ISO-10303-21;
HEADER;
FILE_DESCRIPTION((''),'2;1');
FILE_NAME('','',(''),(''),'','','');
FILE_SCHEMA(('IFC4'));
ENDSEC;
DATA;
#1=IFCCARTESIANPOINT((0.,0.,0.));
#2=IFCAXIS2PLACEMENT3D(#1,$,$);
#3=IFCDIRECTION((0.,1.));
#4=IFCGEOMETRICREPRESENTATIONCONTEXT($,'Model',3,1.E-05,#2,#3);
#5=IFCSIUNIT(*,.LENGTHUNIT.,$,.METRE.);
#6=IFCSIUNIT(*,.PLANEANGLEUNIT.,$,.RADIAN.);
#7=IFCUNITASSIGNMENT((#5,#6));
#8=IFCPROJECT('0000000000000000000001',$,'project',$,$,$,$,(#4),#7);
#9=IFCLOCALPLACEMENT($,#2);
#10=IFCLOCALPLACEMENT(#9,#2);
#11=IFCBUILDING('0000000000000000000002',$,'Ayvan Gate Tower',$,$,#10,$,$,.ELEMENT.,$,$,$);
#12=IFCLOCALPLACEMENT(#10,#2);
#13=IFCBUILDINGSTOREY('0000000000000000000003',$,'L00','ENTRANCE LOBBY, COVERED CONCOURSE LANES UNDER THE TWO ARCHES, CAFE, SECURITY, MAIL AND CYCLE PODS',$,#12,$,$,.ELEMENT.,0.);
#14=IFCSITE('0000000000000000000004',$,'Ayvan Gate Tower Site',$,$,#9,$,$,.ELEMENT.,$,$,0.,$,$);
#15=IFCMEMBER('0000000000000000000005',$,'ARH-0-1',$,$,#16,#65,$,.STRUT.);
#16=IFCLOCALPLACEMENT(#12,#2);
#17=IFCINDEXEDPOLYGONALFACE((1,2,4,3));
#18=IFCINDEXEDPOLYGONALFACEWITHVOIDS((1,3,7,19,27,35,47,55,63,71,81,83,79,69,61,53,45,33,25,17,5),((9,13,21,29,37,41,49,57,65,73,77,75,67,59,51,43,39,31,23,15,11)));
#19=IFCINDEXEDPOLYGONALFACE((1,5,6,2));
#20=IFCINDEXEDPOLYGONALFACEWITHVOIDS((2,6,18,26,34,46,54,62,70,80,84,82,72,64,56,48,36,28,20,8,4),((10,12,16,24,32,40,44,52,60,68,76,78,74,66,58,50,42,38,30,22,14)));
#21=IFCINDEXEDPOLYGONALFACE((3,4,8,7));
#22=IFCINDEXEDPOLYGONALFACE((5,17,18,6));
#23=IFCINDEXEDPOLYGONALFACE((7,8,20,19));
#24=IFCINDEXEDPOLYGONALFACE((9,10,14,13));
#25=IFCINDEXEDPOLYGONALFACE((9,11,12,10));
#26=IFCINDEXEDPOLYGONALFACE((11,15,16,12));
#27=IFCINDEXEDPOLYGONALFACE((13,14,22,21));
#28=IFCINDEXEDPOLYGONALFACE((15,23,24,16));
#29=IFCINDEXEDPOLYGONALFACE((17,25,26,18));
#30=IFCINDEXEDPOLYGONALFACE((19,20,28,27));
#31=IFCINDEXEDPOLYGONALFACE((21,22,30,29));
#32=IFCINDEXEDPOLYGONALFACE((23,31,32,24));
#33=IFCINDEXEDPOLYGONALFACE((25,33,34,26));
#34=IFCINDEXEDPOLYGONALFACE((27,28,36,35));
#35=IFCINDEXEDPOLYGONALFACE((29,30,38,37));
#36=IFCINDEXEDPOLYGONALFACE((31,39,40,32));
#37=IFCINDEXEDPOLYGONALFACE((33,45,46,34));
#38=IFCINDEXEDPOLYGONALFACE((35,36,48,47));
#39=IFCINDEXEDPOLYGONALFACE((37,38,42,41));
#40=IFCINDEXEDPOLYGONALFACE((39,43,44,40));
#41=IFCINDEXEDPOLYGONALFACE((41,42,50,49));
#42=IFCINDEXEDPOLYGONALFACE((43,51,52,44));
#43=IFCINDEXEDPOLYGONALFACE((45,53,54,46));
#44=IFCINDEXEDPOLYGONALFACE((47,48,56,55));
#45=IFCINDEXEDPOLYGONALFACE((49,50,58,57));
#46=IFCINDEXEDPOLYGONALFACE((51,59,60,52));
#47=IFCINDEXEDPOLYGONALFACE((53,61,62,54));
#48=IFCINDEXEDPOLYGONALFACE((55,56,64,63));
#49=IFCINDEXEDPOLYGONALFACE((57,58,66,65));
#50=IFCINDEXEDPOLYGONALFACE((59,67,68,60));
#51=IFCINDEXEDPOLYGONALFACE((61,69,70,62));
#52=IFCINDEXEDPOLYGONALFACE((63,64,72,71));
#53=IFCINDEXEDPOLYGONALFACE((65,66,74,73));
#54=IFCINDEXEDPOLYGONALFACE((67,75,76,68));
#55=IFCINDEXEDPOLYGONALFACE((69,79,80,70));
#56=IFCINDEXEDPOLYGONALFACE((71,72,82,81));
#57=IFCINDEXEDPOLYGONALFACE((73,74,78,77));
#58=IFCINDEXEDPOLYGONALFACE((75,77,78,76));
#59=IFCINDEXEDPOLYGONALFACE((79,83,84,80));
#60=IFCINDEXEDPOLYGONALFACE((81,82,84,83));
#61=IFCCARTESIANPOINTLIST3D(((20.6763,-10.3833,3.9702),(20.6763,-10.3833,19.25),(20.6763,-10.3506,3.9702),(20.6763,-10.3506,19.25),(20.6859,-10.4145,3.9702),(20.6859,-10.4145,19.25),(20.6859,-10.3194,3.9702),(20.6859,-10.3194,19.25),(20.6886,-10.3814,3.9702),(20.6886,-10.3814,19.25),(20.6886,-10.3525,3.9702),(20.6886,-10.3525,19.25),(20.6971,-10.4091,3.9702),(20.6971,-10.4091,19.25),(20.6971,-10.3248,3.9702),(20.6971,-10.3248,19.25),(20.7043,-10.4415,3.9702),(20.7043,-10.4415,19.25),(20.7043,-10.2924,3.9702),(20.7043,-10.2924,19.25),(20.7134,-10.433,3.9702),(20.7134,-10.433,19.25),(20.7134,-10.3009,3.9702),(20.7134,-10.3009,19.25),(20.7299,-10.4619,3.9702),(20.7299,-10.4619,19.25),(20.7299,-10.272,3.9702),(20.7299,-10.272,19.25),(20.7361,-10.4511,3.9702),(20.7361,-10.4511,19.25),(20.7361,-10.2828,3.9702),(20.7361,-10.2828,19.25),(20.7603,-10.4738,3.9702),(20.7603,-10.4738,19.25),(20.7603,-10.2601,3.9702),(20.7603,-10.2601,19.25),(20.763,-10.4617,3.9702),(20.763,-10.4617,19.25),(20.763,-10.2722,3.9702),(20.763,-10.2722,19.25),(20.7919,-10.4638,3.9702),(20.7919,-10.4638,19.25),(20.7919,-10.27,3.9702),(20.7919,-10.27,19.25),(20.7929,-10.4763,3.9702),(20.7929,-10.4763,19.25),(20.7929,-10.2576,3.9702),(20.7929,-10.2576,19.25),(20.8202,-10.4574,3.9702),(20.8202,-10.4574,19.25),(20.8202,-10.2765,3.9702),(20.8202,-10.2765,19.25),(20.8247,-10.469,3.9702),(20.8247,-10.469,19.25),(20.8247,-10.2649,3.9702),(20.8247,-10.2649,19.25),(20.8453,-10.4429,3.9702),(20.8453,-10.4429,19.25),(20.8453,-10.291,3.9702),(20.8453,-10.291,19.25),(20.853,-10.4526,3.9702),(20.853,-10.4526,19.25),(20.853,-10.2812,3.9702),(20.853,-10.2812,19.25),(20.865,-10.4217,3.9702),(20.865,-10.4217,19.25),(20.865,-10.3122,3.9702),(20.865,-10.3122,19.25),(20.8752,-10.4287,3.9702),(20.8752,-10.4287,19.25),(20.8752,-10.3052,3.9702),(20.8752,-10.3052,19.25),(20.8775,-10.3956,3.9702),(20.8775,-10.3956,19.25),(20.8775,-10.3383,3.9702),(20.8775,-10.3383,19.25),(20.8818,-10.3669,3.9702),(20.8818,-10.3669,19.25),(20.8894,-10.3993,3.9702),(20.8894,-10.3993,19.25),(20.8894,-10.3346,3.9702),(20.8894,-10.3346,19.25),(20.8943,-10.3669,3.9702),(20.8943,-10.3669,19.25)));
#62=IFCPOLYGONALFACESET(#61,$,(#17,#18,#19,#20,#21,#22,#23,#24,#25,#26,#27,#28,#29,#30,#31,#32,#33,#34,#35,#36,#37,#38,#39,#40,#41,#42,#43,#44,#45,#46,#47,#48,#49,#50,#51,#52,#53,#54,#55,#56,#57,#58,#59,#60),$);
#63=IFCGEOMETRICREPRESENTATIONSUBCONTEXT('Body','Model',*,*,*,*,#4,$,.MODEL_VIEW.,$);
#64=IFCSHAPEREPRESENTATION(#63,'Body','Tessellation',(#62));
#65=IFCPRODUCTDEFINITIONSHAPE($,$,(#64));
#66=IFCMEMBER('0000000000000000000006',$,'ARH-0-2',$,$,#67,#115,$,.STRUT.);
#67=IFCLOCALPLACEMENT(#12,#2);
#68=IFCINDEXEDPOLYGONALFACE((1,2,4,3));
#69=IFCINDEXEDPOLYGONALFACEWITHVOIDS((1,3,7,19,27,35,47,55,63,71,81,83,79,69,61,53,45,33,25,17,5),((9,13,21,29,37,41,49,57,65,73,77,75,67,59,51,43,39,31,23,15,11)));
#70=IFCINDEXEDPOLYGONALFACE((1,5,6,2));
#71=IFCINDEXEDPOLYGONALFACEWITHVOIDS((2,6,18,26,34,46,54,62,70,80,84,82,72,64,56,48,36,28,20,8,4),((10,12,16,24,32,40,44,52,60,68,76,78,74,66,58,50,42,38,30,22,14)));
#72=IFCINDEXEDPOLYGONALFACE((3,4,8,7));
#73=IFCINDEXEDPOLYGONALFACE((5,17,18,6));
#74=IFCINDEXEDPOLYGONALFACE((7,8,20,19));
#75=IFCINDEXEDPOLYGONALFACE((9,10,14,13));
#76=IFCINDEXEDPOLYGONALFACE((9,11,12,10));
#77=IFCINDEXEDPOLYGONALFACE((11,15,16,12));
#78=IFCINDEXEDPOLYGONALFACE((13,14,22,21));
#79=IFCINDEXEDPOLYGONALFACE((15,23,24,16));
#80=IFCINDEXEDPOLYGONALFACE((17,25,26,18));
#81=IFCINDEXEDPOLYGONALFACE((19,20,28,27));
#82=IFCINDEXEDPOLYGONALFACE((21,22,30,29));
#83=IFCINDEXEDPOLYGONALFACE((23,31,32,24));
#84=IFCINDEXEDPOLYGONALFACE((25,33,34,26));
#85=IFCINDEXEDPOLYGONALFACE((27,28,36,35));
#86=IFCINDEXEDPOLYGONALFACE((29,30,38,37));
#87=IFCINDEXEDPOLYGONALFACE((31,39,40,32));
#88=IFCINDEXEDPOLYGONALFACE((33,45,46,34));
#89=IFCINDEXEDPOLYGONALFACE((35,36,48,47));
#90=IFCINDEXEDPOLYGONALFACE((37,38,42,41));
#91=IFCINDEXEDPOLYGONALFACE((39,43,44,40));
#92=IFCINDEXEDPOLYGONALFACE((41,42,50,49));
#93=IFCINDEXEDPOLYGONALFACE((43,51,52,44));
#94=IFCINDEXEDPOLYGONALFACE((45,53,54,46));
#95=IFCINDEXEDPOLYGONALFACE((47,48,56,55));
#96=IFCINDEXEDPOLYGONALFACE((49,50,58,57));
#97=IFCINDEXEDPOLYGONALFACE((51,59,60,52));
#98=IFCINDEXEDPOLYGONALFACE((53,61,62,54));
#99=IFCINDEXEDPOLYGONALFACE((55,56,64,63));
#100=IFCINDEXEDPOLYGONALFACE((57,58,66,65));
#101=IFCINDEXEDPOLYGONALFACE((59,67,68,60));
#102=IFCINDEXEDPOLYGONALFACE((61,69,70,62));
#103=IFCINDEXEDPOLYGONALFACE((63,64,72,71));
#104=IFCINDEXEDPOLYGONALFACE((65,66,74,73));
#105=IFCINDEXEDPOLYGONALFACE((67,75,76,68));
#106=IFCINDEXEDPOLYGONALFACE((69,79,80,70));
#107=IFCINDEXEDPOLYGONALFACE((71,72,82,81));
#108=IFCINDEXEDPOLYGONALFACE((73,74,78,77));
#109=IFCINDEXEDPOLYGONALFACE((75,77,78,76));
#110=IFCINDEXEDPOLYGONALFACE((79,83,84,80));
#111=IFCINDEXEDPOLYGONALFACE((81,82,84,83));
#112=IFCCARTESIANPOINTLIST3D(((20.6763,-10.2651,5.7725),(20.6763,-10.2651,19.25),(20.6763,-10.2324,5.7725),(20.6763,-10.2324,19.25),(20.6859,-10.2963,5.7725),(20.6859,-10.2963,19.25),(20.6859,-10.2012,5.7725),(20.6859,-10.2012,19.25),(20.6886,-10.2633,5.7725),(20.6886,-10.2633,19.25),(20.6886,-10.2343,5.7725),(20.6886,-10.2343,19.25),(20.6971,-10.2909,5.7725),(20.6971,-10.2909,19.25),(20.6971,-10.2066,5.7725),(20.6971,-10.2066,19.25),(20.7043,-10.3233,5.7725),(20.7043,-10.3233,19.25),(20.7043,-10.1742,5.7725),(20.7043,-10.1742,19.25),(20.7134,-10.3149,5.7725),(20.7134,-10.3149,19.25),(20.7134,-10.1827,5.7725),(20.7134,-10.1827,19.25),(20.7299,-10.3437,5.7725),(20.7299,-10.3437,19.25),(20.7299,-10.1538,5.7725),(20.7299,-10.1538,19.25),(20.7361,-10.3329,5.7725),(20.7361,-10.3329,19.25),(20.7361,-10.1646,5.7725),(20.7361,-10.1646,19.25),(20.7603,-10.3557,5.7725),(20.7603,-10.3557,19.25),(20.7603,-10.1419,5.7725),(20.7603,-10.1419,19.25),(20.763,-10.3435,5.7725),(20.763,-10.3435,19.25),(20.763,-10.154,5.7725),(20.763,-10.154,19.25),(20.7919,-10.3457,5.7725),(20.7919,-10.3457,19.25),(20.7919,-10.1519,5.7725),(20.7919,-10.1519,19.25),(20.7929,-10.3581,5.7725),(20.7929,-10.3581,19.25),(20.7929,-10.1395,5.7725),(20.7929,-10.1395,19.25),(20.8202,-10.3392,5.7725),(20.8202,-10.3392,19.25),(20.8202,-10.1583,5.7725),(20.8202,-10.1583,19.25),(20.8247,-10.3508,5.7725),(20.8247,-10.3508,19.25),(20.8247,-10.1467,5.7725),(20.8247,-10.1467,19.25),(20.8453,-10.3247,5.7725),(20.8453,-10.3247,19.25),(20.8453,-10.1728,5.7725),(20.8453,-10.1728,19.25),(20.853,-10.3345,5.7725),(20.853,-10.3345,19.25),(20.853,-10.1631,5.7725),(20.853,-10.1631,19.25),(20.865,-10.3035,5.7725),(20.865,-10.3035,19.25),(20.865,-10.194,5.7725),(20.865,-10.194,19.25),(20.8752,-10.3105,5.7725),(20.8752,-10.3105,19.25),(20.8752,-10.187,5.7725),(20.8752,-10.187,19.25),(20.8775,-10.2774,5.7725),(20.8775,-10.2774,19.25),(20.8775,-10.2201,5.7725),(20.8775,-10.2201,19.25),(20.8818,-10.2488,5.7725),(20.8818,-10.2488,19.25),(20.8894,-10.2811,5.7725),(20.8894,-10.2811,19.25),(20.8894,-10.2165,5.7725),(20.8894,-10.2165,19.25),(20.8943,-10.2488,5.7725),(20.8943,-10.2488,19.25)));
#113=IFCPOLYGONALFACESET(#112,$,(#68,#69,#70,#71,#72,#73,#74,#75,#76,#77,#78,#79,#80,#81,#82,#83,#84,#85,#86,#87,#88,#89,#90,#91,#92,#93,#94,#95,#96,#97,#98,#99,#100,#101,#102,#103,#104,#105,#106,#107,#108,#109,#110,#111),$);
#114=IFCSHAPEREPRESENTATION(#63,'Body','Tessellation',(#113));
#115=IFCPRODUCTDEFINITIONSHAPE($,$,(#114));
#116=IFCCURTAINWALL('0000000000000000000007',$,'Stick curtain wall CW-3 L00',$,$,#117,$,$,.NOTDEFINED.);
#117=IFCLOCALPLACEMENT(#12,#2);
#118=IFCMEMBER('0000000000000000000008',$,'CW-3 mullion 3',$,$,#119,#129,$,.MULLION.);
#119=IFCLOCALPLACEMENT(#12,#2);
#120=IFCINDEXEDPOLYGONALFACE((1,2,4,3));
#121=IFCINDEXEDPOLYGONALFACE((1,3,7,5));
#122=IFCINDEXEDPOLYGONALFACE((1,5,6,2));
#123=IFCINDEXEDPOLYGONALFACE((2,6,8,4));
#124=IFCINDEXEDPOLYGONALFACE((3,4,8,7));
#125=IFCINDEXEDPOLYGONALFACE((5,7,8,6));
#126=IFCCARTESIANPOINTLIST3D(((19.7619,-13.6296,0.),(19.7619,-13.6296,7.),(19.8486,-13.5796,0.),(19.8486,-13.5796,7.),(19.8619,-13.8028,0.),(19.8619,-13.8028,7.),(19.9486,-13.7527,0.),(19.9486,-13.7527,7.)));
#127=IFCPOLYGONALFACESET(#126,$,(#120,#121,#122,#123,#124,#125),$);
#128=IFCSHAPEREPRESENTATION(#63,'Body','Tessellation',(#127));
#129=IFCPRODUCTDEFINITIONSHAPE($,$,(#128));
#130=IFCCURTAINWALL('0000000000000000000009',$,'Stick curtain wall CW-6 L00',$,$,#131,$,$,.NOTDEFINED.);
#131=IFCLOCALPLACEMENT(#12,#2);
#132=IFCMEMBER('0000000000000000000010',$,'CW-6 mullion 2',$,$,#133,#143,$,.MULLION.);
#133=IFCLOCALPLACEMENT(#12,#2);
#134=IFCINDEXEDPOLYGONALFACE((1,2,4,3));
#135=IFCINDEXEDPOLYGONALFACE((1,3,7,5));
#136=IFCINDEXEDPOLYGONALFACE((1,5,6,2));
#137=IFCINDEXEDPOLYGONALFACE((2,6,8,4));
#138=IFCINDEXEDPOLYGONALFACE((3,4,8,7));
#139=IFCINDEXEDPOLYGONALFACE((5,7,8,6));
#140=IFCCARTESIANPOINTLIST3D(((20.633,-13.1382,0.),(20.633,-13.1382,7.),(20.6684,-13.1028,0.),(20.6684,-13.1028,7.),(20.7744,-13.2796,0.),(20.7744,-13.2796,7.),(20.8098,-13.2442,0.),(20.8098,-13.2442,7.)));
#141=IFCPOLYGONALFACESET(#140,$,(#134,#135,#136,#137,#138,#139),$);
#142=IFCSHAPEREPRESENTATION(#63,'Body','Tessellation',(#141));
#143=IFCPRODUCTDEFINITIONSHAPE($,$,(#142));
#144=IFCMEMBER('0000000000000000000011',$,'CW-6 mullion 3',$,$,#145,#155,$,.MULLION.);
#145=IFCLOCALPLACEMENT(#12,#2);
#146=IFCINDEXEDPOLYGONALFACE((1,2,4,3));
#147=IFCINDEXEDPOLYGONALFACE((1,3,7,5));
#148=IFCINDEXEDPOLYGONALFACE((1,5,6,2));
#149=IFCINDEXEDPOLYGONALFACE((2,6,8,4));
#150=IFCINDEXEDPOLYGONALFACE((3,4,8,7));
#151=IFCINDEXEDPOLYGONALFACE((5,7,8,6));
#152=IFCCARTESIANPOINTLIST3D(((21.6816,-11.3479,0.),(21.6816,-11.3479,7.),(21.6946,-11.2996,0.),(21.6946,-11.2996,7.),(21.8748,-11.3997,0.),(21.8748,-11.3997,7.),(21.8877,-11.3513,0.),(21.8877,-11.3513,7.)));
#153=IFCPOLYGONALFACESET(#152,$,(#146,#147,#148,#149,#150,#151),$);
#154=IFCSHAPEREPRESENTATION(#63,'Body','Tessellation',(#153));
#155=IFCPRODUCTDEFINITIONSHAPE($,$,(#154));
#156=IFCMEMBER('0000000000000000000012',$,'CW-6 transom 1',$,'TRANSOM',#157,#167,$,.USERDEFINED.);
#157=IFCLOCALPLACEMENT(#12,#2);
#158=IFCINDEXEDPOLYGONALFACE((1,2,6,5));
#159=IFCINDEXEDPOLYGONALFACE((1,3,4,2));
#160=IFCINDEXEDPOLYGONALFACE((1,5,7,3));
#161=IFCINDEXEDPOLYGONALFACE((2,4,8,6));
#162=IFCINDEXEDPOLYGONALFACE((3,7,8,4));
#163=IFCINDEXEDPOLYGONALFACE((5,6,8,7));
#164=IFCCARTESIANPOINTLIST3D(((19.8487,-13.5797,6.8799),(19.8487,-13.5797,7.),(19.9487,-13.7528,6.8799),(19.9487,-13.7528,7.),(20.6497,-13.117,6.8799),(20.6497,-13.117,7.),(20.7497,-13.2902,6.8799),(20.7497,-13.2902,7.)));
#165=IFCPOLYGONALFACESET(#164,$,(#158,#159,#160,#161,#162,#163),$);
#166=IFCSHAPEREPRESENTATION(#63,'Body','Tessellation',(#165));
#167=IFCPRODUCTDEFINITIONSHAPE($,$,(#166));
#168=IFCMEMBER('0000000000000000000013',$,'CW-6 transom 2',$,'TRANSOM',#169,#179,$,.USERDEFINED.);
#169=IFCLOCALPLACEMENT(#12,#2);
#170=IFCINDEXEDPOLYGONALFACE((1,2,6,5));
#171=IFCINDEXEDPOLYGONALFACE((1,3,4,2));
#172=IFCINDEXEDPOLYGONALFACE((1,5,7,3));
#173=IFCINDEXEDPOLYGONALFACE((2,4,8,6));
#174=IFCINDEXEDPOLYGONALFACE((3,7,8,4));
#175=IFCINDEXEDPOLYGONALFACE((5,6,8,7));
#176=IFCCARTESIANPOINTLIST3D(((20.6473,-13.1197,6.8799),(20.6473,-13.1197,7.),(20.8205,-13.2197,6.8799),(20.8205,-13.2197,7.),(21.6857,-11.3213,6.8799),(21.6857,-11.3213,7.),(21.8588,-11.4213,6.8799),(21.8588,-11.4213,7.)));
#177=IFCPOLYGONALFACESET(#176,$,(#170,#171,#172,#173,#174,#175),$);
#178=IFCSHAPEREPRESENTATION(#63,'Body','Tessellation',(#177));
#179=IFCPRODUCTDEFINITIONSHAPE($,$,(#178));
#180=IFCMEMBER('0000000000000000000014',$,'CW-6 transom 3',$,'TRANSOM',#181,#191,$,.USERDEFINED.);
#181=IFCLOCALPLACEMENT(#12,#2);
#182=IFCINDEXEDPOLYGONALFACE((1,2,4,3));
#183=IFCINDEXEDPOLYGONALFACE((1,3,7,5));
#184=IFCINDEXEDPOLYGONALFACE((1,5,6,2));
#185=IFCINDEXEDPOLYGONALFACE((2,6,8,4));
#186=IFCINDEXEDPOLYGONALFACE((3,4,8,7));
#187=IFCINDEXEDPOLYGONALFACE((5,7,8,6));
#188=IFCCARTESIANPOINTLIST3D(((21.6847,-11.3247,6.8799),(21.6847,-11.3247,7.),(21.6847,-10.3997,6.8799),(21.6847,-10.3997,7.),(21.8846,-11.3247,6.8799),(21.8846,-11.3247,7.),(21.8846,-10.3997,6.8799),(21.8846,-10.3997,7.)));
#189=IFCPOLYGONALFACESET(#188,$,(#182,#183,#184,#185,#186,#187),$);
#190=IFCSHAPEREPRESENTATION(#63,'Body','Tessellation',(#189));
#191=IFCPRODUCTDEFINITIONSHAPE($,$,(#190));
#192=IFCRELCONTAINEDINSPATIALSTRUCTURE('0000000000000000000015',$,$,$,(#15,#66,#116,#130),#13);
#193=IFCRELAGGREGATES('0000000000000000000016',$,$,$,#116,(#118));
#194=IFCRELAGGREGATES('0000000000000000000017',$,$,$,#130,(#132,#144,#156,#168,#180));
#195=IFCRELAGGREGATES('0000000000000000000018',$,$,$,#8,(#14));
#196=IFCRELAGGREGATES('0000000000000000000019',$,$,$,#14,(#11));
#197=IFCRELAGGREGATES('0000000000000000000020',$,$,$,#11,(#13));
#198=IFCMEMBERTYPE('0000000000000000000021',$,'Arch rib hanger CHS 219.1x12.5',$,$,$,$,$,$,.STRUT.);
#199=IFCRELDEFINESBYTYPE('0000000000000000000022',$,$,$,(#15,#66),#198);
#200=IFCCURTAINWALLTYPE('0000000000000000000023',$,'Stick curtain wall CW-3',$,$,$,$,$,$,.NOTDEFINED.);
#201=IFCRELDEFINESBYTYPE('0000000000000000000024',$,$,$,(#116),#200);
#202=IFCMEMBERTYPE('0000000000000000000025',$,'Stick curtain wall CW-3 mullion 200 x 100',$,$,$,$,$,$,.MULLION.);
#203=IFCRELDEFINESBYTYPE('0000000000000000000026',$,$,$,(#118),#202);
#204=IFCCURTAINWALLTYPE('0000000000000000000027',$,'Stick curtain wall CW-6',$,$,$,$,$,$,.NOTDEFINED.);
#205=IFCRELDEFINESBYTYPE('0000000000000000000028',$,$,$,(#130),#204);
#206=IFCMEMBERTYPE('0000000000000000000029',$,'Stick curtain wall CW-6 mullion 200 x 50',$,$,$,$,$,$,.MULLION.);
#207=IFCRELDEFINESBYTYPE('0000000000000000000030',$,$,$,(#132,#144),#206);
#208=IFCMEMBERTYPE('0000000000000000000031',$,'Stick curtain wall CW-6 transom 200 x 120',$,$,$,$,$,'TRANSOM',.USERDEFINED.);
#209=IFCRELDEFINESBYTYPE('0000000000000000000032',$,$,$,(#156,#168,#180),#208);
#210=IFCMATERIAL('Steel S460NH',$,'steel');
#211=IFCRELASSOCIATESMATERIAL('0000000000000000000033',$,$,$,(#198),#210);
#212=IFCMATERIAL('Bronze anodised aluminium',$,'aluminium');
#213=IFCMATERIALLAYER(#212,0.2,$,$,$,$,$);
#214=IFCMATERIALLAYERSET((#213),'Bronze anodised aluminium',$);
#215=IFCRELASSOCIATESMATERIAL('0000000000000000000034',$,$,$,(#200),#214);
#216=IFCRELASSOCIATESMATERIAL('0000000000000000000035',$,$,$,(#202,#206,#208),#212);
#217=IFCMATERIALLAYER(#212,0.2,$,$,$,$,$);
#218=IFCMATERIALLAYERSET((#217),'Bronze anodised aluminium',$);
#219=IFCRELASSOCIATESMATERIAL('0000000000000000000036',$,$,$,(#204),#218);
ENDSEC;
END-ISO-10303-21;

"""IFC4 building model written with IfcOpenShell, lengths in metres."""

from ifc_helpers import new_model, si_unit, direction, frame, origin, origin_2d, place, context, subcontext, project, spatial, rectangle, hollow_circle, extrude, material, layer, layer_set, material_profile, profile_set, type_object, element, aggregate, save


model = new_model("IFC4")

# Units and contexts
model_context = context("Model", 3, precision=1e-05, world=origin(), true_north=direction((0.0, 1.0)))
body_context = subcontext(model_context, "Body", "Model", "MODEL_VIEW")
ifc_project = project(units=[si_unit("LENGTHUNIT", "METRE"), si_unit("PLANEANGLEUNIT", "RADIAN")], contexts=[model_context])

# Site, building, storey
site_placement = place(None, origin())
site = spatial("IfcSite", under=ifc_project, at=site_placement, Name="Ayvan Gate Tower Site", CompositionType="ELEMENT", RefElevation=0.0)
building_placement = place(site_placement, origin())
building = spatial("IfcBuilding", under=site, at=building_placement, Name="Ayvan Gate Tower", CompositionType="ELEMENT")
storey_placement = place(building_placement, origin())
storey = spatial("IfcBuildingStorey", under=building, at=storey_placement, Name="L00", Description="ENTRANCE LOBBY, COVERED CONCOURSE LANES UNDER THE TWO ARCHES, CAFE, SECURITY, MAIL AND CYCLE PODS", CompositionType="ELEMENT", Elevation=0.0)

# Members
ifc_material_1 = material(Name="Steel S460NH", Category="steel")
ifc_material_profile_1 = material_profile(ifc_material_1, hollow_circle(Radius=0.1096, WallThickness=0.0125, at=origin_2d()), Name="CHS 219.1x12.5")
ifc_profile_set_1 = profile_set([ifc_material_profile_1], Name="Steel S460NH")
member_type_1 = type_object("IfcMemberType", Name="Arch rib hanger CHS 219.1x12.5", PredefinedType="STRUT", material=ifc_profile_set_1)
member_1_placement = place(storey_placement, frame((20.7847, -10.3669, 3.9702), z_axis=(0.0, 0.0, 1.0), x_axis=(1.0, 0.0, 0.0)))
element("IfcMember", 1, at=member_1_placement, inside=storey, type_object=member_type_1, Name="ARH-0-1", PredefinedType="STRUT", context=body_context, shape_type="SweptSolid", body=[
    extrude(hollow_circle(Radius=0.1096, WallThickness=0.0125, at=origin_2d()), origin(), (0.0, 0.0, 1.0), 15.2798),
])
member_2_placement = place(storey_placement, frame((20.7847, -10.2488, 5.7725), z_axis=(0.0, 0.0, 1.0), x_axis=(1.0, 0.0, 0.0)))
element("IfcMember", 2, at=member_2_placement, inside=storey, type_object=member_type_1, Name="ARH-0-2", PredefinedType="STRUT", context=body_context, shape_type="SweptSolid", body=[
    extrude(hollow_circle(Radius=0.1096, WallThickness=0.0125, at=origin_2d()), origin(), (0.0, 0.0, 1.0), 13.4775),
])

# Curtain wall, member
ifc_material_2 = material(Name="Bronze anodised aluminium", Category="aluminium")
ifc_layer_1 = layer(ifc_material_2, 0.2)
ifc_layer_set_1 = layer_set([ifc_layer_1], Name="Bronze anodised aluminium")
curtain_wall_type_1 = type_object("IfcCurtainWallType", Name="Stick curtain wall CW-3", PredefinedType="NOTDEFINED", material=ifc_layer_set_1)
curtain_wall_1_placement = place(storey_placement, origin())
curtain_wall_1 = element("IfcCurtainWall", 3, at=curtain_wall_1_placement, inside=storey, type_object=curtain_wall_type_1, Name="Stick curtain wall CW-3 L00", PredefinedType="NOTDEFINED")
ifc_material_profile_2 = material_profile(ifc_material_2, rectangle(XDim=0.2, YDim=0.1001, at=origin_2d()), Name="Stick curtain wall CW-3 mullion 200 x 100")
ifc_profile_set_2 = profile_set([ifc_material_profile_2], Name="Bronze anodised aluminium")
member_type_2 = type_object("IfcMemberType", Name="Stick curtain wall CW-3 mullion 200 x 100", PredefinedType="MULLION", material=ifc_profile_set_2)
member_3_placement = place(storey_placement, frame((19.8552, -13.6912, 0.0), z_axis=(0.0, 0.0, 1.0), x_axis=(0.5, -0.866025, 0.0)))
member_3 = element("IfcMember", 4, at=member_3_placement, type_object=member_type_2, Name="CW-3 mullion 3", PredefinedType="MULLION", context=body_context, shape_type="SweptSolid", body=[
    extrude(rectangle(XDim=0.2, YDim=0.1001, at=origin_2d()), origin(), (0.0, 0.0, 1.0), 7.0),
])

# Curtain wall, members
ifc_layer_2 = layer(ifc_material_2, 0.2)
ifc_layer_set_2 = layer_set([ifc_layer_2], Name="Bronze anodised aluminium")
curtain_wall_type_2 = type_object("IfcCurtainWallType", Name="Stick curtain wall CW-6", PredefinedType="NOTDEFINED", material=ifc_layer_set_2)
curtain_wall_2_placement = place(storey_placement, origin())
curtain_wall_2 = element("IfcCurtainWall", 5, at=curtain_wall_2_placement, inside=storey, type_object=curtain_wall_type_2, Name="Stick curtain wall CW-6 L00", PredefinedType="NOTDEFINED")
ifc_material_profile_3 = material_profile(ifc_material_2, rectangle(XDim=0.2, YDim=0.05, at=origin_2d()), Name="Stick curtain wall CW-6 mullion 200 x 50")
ifc_profile_set_3 = profile_set([ifc_material_profile_3], Name="Bronze anodised aluminium")
member_type_3 = type_object("IfcMemberType", Name="Stick curtain wall CW-6 mullion 200 x 50", PredefinedType="MULLION", material=ifc_profile_set_3)
member_4_placement = place(storey_placement, frame((20.7214, -13.1912, 0.0), z_axis=(0.0, 0.0, 1.0), x_axis=(0.707107, -0.707107, 0.0)))
member_4 = element("IfcMember", 6, at=member_4_placement, type_object=member_type_3, Name="CW-6 mullion 2", PredefinedType="MULLION", context=body_context, shape_type="SweptSolid", body=[
    extrude(rectangle(XDim=0.2, YDim=0.05, at=origin_2d()), origin(), (0.0, 0.0, 1.0), 7.0),
])
member_5_placement = place(storey_placement, frame((21.7847, -11.3496, 0.0), z_axis=(0.0, 0.0, 1.0), x_axis=(0.965926, -0.258819, 0.0)))
member_5 = element("IfcMember", 7, at=member_5_placement, type_object=member_type_3, Name="CW-6 mullion 3", PredefinedType="MULLION", context=body_context, shape_type="SweptSolid", body=[
    extrude(rectangle(XDim=0.2, YDim=0.05, at=origin_2d()), origin(), (0.0, 0.0, 1.0), 7.0),
])
ifc_material_profile_4 = material_profile(ifc_material_2, rectangle(XDim=0.2, YDim=0.1201, at=origin_2d()), Name="Stick curtain wall CW-6 transom 200 x 120")
ifc_profile_set_4 = profile_set([ifc_material_profile_4], Name="Bronze anodised aluminium")
member_type_4 = type_object("IfcMemberType", Name="Stick curtain wall CW-6 transom 200 x 120", ElementType="TRANSOM", PredefinedType="USERDEFINED", material=ifc_profile_set_4)
member_6_placement = place(storey_placement, frame((19.8987, -13.6663, 6.9399), z_axis=(0.865944, 0.500141, 0.0), x_axis=(-0.500141, 0.865944, 0.0)))
member_6 = element("IfcMember", 8, at=member_6_placement, type_object=member_type_4, Name="CW-6 transom 1", ObjectType="TRANSOM", PredefinedType="USERDEFINED", context=body_context, shape_type="SweptSolid", body=[
    extrude(rectangle(XDim=0.2, YDim=0.1201, at=origin_2d()), origin(), (0.0, 0.0, 1.0), 0.925),
])
member_7_placement = place(storey_placement, frame((20.7339, -13.1697, 6.9399), z_axis=(0.500021, 0.866013, 0.0), x_axis=(-0.866013, 0.500021, 0.0)))
member_7 = element("IfcMember", 9, at=member_7_placement, type_object=member_type_4, Name="CW-6 transom 2", ObjectType="TRANSOM", PredefinedType="USERDEFINED", context=body_context, shape_type="SweptSolid", body=[
    extrude(rectangle(XDim=0.2, YDim=0.1201, at=origin_2d()), origin(), (0.0, 0.0, 1.0), 2.0767),
])
member_8_placement = place(storey_placement, frame((21.7847, -11.3247, 6.9399), z_axis=(0.0, 1.0, 0.0), x_axis=(-1.0, 0.0, 0.0)))
member_8 = element("IfcMember", 10, at=member_8_placement, type_object=member_type_4, Name="CW-6 transom 3", ObjectType="TRANSOM", PredefinedType="USERDEFINED", context=body_context, shape_type="SweptSolid", body=[
    extrude(rectangle(XDim=0.2, YDim=0.1201, at=origin_2d()), origin(), (0.0, 0.0, 1.0), 0.925),
])

aggregate(curtain_wall_1, [member_3])
aggregate(curtain_wall_2, [member_4, member_5, member_6, member_7, member_8])

save(model, "model.ifc")
